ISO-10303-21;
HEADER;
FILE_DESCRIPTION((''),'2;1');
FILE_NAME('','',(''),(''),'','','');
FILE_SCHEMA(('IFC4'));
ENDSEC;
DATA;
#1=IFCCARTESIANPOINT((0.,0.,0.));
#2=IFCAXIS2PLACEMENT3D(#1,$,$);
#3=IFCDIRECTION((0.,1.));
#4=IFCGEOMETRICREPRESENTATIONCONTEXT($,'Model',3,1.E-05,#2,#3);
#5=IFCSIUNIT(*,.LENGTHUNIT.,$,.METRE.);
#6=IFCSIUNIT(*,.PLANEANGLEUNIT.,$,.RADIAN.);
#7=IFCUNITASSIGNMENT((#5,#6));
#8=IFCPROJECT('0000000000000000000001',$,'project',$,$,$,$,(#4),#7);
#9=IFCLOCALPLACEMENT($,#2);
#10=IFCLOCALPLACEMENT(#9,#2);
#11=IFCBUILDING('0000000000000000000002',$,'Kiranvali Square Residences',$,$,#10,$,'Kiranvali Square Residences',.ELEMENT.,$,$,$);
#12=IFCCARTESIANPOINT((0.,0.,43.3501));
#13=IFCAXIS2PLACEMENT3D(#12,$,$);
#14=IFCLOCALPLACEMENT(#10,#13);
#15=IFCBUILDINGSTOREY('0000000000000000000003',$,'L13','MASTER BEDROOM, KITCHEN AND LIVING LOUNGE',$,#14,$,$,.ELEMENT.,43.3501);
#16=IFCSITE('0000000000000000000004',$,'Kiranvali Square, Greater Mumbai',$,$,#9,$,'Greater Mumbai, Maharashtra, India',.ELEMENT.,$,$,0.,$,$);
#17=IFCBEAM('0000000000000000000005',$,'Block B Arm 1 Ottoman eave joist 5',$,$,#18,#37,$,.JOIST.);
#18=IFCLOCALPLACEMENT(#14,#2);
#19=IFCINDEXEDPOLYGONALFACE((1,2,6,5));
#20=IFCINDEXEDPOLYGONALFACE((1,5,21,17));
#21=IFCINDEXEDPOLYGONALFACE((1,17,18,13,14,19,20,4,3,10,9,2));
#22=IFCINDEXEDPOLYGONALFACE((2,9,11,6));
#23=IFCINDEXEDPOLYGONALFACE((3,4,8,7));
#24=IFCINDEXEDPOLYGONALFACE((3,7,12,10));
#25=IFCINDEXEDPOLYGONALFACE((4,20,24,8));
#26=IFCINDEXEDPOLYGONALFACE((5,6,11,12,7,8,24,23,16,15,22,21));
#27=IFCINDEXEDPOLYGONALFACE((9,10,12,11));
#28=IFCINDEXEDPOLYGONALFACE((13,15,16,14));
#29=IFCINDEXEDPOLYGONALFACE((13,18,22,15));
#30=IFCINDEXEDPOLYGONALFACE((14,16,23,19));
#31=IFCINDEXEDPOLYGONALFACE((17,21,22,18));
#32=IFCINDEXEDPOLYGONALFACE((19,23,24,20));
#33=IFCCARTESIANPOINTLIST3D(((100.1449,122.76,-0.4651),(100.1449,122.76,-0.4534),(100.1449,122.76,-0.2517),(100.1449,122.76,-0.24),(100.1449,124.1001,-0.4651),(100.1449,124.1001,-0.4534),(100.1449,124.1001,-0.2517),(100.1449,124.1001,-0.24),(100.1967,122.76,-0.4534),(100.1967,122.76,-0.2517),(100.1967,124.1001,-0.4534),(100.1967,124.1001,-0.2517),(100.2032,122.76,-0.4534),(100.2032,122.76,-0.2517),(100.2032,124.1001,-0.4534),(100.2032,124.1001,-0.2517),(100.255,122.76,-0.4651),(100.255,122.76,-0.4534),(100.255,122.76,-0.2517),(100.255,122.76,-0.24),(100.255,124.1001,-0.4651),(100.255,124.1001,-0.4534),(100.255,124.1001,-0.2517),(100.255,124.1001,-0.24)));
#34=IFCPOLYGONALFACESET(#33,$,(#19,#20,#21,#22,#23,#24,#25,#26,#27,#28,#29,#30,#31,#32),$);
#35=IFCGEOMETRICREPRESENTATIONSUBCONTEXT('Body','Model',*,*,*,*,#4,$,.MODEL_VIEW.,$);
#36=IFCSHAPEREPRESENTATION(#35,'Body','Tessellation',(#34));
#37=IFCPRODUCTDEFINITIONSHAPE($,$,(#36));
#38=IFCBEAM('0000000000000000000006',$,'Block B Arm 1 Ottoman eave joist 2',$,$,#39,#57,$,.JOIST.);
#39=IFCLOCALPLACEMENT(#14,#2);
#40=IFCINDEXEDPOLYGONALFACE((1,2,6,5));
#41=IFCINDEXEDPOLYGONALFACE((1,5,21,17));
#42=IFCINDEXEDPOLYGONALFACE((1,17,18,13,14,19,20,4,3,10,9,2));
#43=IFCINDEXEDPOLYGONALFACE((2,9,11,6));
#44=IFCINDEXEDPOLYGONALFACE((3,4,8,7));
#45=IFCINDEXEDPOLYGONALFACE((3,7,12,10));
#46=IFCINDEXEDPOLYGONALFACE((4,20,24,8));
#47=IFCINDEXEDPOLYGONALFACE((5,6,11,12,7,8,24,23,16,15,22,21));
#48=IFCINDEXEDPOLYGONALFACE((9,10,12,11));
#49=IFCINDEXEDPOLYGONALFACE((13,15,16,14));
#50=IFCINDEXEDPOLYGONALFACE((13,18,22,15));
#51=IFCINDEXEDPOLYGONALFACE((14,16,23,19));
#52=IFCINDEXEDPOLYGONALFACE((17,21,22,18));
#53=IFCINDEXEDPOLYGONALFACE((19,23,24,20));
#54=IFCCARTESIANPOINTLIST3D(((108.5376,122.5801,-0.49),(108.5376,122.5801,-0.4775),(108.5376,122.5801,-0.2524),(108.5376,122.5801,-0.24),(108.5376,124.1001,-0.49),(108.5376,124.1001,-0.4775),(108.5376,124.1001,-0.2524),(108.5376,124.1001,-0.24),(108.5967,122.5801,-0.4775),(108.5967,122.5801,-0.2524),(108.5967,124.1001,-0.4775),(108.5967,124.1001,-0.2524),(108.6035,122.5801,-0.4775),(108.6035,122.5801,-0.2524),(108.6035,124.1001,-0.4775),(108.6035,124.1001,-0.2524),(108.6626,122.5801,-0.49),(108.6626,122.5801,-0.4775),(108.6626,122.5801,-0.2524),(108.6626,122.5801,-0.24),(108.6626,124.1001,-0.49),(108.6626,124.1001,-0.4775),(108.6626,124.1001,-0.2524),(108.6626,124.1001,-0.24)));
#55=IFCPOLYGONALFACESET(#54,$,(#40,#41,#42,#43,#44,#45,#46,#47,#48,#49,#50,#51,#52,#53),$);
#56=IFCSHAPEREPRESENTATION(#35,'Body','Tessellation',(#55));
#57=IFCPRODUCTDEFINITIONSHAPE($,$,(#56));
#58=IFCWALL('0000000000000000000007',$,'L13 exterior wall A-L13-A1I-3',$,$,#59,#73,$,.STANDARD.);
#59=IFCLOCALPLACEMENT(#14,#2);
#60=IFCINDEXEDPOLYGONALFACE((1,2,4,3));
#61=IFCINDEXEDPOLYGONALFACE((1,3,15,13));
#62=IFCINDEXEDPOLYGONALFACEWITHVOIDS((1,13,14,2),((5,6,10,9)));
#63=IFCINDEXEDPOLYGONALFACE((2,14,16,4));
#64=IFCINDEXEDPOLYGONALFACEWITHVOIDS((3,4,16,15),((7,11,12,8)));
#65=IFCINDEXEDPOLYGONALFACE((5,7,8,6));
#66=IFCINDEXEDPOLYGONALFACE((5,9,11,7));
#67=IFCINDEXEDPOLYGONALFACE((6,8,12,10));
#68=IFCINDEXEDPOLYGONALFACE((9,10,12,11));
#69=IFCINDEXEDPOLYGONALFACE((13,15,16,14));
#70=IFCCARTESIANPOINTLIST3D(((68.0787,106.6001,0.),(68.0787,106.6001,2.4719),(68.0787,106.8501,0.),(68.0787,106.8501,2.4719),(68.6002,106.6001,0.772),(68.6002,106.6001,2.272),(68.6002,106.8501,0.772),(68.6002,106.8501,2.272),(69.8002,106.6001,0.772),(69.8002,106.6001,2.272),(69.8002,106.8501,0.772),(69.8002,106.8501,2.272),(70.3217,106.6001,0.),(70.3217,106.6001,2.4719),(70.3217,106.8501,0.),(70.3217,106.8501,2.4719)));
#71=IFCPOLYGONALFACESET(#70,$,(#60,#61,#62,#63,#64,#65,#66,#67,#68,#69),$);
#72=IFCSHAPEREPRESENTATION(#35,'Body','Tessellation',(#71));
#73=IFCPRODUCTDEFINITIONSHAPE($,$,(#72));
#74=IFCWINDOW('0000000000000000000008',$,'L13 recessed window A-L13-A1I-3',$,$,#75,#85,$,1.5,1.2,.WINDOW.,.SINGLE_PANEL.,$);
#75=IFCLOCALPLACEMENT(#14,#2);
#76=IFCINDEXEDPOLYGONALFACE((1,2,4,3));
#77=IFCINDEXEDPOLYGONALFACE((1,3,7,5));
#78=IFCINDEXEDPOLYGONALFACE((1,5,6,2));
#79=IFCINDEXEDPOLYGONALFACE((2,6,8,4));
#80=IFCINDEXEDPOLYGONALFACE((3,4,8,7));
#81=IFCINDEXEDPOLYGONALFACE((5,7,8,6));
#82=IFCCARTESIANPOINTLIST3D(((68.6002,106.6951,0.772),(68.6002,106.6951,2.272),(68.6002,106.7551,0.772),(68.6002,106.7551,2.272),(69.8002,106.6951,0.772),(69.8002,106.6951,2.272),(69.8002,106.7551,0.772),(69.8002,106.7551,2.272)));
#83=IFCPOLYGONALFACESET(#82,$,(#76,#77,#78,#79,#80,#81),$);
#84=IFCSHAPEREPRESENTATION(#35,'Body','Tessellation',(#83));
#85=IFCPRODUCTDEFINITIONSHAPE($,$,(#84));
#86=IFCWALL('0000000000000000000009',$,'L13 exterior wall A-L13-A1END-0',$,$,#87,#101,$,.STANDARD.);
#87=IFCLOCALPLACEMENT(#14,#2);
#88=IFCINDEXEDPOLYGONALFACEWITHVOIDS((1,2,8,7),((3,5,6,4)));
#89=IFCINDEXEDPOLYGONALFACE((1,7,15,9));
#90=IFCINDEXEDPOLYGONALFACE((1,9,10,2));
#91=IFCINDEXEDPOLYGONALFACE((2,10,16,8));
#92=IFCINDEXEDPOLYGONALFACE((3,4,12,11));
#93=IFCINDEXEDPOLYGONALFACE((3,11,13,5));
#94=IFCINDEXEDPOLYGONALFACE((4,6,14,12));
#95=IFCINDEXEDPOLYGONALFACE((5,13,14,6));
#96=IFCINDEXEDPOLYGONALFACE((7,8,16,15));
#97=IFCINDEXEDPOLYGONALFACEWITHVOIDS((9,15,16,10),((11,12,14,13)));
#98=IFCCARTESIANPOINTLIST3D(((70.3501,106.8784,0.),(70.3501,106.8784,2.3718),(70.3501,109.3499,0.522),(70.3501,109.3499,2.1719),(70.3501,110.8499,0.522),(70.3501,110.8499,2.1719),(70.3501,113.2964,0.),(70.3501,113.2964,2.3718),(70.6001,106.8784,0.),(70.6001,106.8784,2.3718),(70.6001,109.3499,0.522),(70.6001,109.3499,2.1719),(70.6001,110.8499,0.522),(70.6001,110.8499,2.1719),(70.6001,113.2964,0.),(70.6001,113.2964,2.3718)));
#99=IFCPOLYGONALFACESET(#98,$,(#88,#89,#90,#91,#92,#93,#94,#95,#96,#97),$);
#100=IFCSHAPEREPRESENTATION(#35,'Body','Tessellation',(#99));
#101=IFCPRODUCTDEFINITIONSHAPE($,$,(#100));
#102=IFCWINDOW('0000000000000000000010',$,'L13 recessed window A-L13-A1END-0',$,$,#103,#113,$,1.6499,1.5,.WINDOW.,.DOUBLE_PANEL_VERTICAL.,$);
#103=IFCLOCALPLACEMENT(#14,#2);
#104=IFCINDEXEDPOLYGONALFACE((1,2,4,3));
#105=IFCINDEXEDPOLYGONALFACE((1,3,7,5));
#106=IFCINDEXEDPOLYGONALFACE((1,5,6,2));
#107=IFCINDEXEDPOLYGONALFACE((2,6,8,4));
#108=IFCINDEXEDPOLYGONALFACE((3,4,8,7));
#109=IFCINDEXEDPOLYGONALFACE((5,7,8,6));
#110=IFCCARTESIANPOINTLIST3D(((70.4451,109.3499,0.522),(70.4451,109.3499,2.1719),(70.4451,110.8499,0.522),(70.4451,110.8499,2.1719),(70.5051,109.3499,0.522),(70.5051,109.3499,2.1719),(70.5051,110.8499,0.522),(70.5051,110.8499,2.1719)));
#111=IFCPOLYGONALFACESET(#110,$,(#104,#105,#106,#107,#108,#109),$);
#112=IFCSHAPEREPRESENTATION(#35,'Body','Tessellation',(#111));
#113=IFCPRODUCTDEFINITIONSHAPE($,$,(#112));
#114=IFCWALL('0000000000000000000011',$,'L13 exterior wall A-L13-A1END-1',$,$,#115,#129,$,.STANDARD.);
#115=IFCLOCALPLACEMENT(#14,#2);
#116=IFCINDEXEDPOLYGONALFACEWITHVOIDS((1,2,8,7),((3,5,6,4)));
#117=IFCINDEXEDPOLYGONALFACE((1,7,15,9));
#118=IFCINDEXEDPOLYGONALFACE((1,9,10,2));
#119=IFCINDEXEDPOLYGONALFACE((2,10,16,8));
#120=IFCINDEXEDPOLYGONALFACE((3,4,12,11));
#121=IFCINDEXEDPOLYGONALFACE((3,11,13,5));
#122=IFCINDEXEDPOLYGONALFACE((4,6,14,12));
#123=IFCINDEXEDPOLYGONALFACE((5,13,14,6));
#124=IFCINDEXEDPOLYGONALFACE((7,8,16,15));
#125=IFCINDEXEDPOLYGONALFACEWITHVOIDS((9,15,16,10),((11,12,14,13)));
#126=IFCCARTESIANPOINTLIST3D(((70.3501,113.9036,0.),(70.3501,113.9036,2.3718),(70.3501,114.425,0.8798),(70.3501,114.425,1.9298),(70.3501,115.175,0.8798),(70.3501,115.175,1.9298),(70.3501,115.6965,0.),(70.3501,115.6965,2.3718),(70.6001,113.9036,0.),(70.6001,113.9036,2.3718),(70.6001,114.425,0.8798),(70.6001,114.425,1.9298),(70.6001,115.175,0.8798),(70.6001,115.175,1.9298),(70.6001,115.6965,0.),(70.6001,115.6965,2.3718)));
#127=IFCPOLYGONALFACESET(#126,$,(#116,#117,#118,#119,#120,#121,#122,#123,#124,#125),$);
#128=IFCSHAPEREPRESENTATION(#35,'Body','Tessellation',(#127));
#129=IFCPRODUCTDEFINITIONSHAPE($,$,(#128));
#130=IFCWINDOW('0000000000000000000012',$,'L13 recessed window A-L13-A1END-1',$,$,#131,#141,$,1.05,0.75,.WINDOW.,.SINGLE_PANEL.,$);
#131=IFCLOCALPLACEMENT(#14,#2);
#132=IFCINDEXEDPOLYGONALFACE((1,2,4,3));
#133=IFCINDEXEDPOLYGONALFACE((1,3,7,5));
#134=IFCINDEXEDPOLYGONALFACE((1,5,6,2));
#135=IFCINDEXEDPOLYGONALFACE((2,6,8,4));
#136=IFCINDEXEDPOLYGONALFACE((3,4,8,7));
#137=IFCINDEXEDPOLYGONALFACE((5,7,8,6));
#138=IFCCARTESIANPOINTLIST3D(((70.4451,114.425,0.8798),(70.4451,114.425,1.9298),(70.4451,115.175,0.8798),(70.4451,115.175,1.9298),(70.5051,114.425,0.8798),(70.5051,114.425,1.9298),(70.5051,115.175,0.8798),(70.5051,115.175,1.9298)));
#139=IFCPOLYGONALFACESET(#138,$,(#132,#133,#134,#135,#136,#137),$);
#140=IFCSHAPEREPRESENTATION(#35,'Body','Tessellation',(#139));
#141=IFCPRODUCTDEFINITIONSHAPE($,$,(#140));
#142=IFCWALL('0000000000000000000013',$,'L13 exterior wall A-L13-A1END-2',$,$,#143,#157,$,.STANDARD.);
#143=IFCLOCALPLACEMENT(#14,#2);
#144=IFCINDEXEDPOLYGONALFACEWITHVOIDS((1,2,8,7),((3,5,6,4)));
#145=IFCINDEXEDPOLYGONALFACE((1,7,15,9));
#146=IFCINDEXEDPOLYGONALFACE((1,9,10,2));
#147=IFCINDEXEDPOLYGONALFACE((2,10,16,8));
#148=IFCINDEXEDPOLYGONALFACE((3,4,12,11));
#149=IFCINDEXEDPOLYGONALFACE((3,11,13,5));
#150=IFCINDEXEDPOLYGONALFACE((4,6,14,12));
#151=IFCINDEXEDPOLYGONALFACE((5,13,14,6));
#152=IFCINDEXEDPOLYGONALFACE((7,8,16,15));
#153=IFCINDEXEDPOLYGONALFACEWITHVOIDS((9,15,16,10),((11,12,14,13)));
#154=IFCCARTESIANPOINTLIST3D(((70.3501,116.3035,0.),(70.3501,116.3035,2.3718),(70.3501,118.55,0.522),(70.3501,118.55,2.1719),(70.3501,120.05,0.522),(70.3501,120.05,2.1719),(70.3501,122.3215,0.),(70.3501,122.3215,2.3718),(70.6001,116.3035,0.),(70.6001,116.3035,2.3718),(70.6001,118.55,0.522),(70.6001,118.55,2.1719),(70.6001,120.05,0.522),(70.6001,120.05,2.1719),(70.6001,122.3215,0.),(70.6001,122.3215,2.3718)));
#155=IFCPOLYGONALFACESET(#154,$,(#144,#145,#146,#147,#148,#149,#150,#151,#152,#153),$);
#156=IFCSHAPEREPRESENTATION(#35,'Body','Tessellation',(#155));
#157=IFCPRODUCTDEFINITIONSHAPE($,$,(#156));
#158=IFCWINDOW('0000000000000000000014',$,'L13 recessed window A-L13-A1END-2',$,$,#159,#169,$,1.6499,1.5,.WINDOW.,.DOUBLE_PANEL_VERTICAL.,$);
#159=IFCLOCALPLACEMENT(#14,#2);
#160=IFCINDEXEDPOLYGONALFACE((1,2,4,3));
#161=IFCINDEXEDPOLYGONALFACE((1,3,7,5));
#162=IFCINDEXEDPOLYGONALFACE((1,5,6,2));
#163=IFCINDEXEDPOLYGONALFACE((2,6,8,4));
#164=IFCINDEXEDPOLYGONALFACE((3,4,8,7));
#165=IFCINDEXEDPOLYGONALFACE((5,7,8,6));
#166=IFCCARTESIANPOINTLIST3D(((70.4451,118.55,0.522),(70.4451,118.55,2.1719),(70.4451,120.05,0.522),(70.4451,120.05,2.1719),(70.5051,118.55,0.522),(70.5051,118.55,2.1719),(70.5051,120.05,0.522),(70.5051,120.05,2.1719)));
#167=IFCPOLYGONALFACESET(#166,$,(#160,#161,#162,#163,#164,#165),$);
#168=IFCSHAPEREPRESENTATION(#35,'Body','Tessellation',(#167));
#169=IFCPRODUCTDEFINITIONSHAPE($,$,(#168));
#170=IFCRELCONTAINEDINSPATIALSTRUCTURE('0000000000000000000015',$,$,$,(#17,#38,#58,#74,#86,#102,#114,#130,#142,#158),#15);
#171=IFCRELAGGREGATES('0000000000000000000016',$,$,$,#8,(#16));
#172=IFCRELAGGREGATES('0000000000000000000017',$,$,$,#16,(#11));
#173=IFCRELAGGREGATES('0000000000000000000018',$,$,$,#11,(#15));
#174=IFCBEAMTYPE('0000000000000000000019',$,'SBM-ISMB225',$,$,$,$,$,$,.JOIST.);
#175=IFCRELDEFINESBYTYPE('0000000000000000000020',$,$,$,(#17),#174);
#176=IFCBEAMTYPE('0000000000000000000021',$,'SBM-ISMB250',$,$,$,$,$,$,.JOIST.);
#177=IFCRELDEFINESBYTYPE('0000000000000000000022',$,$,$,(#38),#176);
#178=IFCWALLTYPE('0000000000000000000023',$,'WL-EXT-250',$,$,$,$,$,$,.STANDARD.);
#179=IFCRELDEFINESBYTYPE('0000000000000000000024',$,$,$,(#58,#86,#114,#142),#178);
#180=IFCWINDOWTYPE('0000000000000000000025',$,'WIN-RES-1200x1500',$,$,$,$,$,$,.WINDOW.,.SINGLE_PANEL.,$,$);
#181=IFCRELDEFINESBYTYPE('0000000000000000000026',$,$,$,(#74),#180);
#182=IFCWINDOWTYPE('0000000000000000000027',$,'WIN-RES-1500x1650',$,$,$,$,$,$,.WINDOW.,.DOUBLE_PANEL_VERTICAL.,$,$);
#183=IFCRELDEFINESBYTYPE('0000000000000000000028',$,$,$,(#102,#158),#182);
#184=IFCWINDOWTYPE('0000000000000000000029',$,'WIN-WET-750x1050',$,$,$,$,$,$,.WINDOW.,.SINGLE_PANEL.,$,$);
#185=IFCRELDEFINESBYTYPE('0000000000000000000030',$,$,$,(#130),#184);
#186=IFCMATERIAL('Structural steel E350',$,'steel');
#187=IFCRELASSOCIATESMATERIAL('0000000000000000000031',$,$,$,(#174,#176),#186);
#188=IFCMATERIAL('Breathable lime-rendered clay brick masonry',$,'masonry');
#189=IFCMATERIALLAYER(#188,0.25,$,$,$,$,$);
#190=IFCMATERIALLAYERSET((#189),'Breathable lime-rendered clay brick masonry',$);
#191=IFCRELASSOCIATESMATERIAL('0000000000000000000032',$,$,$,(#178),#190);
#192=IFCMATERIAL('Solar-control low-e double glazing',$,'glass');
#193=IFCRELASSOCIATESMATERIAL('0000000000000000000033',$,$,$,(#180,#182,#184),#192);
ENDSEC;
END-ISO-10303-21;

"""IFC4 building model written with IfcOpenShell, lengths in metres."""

from ifc_helpers import new_model, si_unit, direction, frame, frame_2d, origin, origin_2d, place, context, subcontext, project, spatial, rectangle, i_section, extrude, material, layer, layer_set, material_profile, profile_set, type_object, element, fill, save


model = new_model("IFC4")

# Units and contexts
model_context = context("Model", 3, precision=1e-05, world=origin(), true_north=direction((0.0, 1.0)))
body_context = subcontext(model_context, "Body", "Model", "MODEL_VIEW")
ifc_project = project(units=[si_unit("LENGTHUNIT", "METRE"), si_unit("PLANEANGLEUNIT", "RADIAN")], contexts=[model_context])

# Site, building, storey
site_placement = place(None, origin())
site = spatial("IfcSite", under=ifc_project, at=site_placement, Name="Kiranvali Square, Greater Mumbai", LongName="Greater Mumbai, Maharashtra, India", CompositionType="ELEMENT", RefElevation=0.0)
building_placement = place(site_placement, origin())
building = spatial("IfcBuilding", under=site, at=building_placement, Name="Kiranvali Square Residences", LongName="Kiranvali Square Residences", CompositionType="ELEMENT")
storey_placement = place(building_placement, frame((0.0, 0.0, 43.3501)))
storey = spatial("IfcBuildingStorey", under=building, at=storey_placement, Name="L13", Description="MASTER BEDROOM, KITCHEN AND LIVING LOUNGE", CompositionType="ELEMENT", Elevation=43.3501)

# Beams
ifc_material_1 = material(Name="Structural steel E350", Category="steel")
ifc_material_profile_1 = material_profile(ifc_material_1, i_section(OverallWidth=0.1101, OverallDepth=0.2251, WebThickness=0.0066, FlangeThickness=0.0117, at=origin_2d()), Name="ISMB 225")
ifc_profile_set_1 = profile_set([ifc_material_profile_1], Name="Structural steel E350")
beam_type_1 = type_object("IfcBeamType", Name="SBM-ISMB225", PredefinedType="JOIST", material=ifc_profile_set_1)
beam_1_placement = place(storey_placement, frame((100.2, 122.76, -0.3525), z_axis=(0.0, 1.0, 0.0), x_axis=(-1.0, 0.0, 0.0)))
element("IfcBeam", 1, at=beam_1_placement, inside=storey, type_object=beam_type_1, Name="Block B Arm 1 Ottoman eave joist 5", PredefinedType="JOIST", context=body_context, shape_type="SweptSolid", body=[
    extrude(i_section(OverallWidth=0.1101, OverallDepth=0.2251, WebThickness=0.0066, FlangeThickness=0.0117, at=origin_2d()), origin(), (0.0, 0.0, 1.0), 1.3401),
])
ifc_material_profile_2 = material_profile(ifc_material_1, i_section(OverallWidth=0.125, OverallDepth=0.25, WebThickness=0.0068, FlangeThickness=0.0125, at=origin_2d()), Name="ISMB 250")
ifc_profile_set_2 = profile_set([ifc_material_profile_2], Name="Structural steel E350")
beam_type_2 = type_object("IfcBeamType", Name="SBM-ISMB250", PredefinedType="JOIST", material=ifc_profile_set_2)
beam_2_placement = place(storey_placement, frame((108.6001, 122.5801, -0.365), z_axis=(0.0, 1.0, 0.0), x_axis=(-1.0, 0.0, 0.0)))
element("IfcBeam", 2, at=beam_2_placement, inside=storey, type_object=beam_type_2, Name="Block B Arm 1 Ottoman eave joist 2", PredefinedType="JOIST", context=body_context, shape_type="SweptSolid", body=[
    extrude(i_section(OverallWidth=0.125, OverallDepth=0.25, WebThickness=0.0068, FlangeThickness=0.0125, at=origin_2d()), origin(), (0.0, 0.0, 1.0), 1.52),
])

# Walls, openings, windows
ifc_material_2 = material(Name="Breathable lime-rendered clay brick masonry", Category="masonry")
ifc_layer = layer(ifc_material_2, 0.25)
ifc_layer_set = layer_set([ifc_layer], Name="Breathable lime-rendered clay brick masonry")
wall_type = type_object("IfcWallType", Name="WL-EXT-250", PredefinedType="STANDARD", material=ifc_layer_set)
wall_1_placement = place(storey_placement, frame((68.0786, 106.7251, 0.0), z_axis=(0.0, 0.0, 1.0), x_axis=(1.0, 0.0, 0.0)))
wall_1 = element("IfcWall", 3, at=wall_1_placement, inside=storey, type_object=wall_type, Name="L13 exterior wall A-L13-A1I-3", PredefinedType="STANDARD", context=body_context, shape_type="SweptSolid", body=[
    extrude(rectangle(XDim=2.2429, YDim=0.25, at=frame_2d((1.1216, 0.0))), origin(), (0.0, 0.0, 1.0), 2.4719),
])
opening_1_placement = place(wall_1_placement, frame((0.5215, 0.0, 0.772)))
opening_1 = element("IfcOpeningElement", 4, at=opening_1_placement, cuts=wall_1, PredefinedType="OPENING", context=body_context, shape_type="SweptSolid", body=[
    extrude(rectangle(XDim=1.2, YDim=1.5, at=frame_2d((0.6001, 0.75))), frame((0.0, 0.135, 0.0), z_axis=(0.0, -1.0, 0.0), x_axis=(1.0, 0.0, 0.0)), (0.0, 0.0, 1.0), 0.27),
])
ifc_material_3 = material(Name="Solar-control low-e double glazing", Category="glass")
window_type_1 = type_object("IfcWindowType", Name="WIN-RES-1200x1500", PartitioningType="SINGLE_PANEL", PredefinedType="WINDOW", material=ifc_material_3)
window_1_placement = place(opening_1_placement, origin())
window_1 = element("IfcWindow", 5, at=window_1_placement, inside=storey, type_object=window_type_1, Name="L13 recessed window A-L13-A1I-3", OverallHeight=1.5, OverallWidth=1.2, PartitioningType="SINGLE_PANEL", PredefinedType="WINDOW", context=body_context, shape_type="SweptSolid", body=[
    extrude(rectangle(XDim=1.2, YDim=1.5, at=frame_2d((0.6001, 0.75))), frame((0.0, 0.03, 0.0), z_axis=(0.0, -1.0, 0.0), x_axis=(1.0, 0.0, 0.0)), (0.0, 0.0, 1.0), 0.0601),
])
fill(opening_1, window_1)
wall_2_placement = place(storey_placement, frame((70.4751, 106.8784, 0.0), z_axis=(0.0, 0.0, 1.0), x_axis=(0.0, 1.0, 0.0)))
wall_2 = element("IfcWall", 6, at=wall_2_placement, inside=storey, type_object=wall_type, Name="L13 exterior wall A-L13-A1END-0", PredefinedType="STANDARD", context=body_context, shape_type="SweptSolid", body=[
    extrude(rectangle(XDim=6.418, YDim=0.25, at=frame_2d((3.209, 0.0))), origin(), (0.0, 0.0, 1.0), 2.3718),
])
opening_2_placement = place(wall_2_placement, frame((2.4714, 0.0, 0.522)))
opening_2 = element("IfcOpeningElement", 7, at=opening_2_placement, cuts=wall_2, PredefinedType="OPENING", context=body_context, shape_type="SweptSolid", body=[
    extrude(rectangle(XDim=1.5, YDim=1.6499, at=frame_2d((0.75, 0.825))), frame((0.0, 0.135, 0.0), z_axis=(0.0, -1.0, 0.0), x_axis=(1.0, 0.0, 0.0)), (0.0, 0.0, 1.0), 0.27),
])
window_type_2 = type_object("IfcWindowType", Name="WIN-RES-1500x1650", PartitioningType="DOUBLE_PANEL_VERTICAL", PredefinedType="WINDOW", material=ifc_material_3)
window_2_placement = place(opening_2_placement, origin())
window_2 = element("IfcWindow", 8, at=window_2_placement, inside=storey, type_object=window_type_2, Name="L13 recessed window A-L13-A1END-0", OverallHeight=1.6499, OverallWidth=1.5, PartitioningType="DOUBLE_PANEL_VERTICAL", PredefinedType="WINDOW", context=body_context, shape_type="SweptSolid", body=[
    extrude(rectangle(XDim=1.5, YDim=1.6499, at=frame_2d((0.75, 0.825))), frame((0.0, 0.03, 0.0), z_axis=(0.0, -1.0, 0.0), x_axis=(1.0, 0.0, 0.0)), (0.0, 0.0, 1.0), 0.0601),
])
fill(opening_2, window_2)
wall_3_placement = place(storey_placement, frame((70.4751, 113.9036, 0.0), z_axis=(0.0, 0.0, 1.0), x_axis=(0.0, 1.0, 0.0)))
wall_3 = element("IfcWall", 9, at=wall_3_placement, inside=storey, type_object=wall_type, Name="L13 exterior wall A-L13-A1END-1", PredefinedType="STANDARD", context=body_context, shape_type="SweptSolid", body=[
    extrude(rectangle(XDim=1.793, YDim=0.25, at=frame_2d((0.8965, 0.0))), origin(), (0.0, 0.0, 1.0), 2.3718),
])
opening_3_placement = place(wall_3_placement, frame((0.5215, 0.0, 0.8799)))
opening_3 = element("IfcOpeningElement", 10, at=opening_3_placement, cuts=wall_3, PredefinedType="OPENING", context=body_context, shape_type="SweptSolid", body=[
    extrude(rectangle(XDim=0.75, YDim=1.05, at=frame_2d((0.375, 0.5249))), frame((0.0, 0.135, 0.0), z_axis=(0.0, -1.0, 0.0), x_axis=(1.0, 0.0, 0.0)), (0.0, 0.0, 1.0), 0.27),
])
window_type_3 = type_object("IfcWindowType", Name="WIN-WET-750x1050", PartitioningType="SINGLE_PANEL", PredefinedType="WINDOW", material=ifc_material_3)
window_3_placement = place(opening_3_placement, origin())
window_3 = element("IfcWindow", 11, at=window_3_placement, inside=storey, type_object=window_type_3, Name="L13 recessed window A-L13-A1END-1", OverallHeight=1.05, OverallWidth=0.75, PartitioningType="SINGLE_PANEL", PredefinedType="WINDOW", context=body_context, shape_type="SweptSolid", body=[
    extrude(rectangle(XDim=0.75, YDim=1.05, at=frame_2d((0.375, 0.5249))), frame((0.0, 0.03, 0.0), z_axis=(0.0, -1.0, 0.0), x_axis=(1.0, 0.0, 0.0)), (0.0, 0.0, 1.0), 0.0601),
])
fill(opening_3, window_3)
wall_4_placement = place(storey_placement, frame((70.4751, 116.3035, 0.0), z_axis=(0.0, 0.0, 1.0), x_axis=(0.0, 1.0, 0.0)))
wall_4 = element("IfcWall", 12, at=wall_4_placement, inside=storey, type_object=wall_type, Name="L13 exterior wall A-L13-A1END-2", PredefinedType="STANDARD", context=body_context, shape_type="SweptSolid", body=[
    extrude(rectangle(XDim=6.0181, YDim=0.25, at=frame_2d((3.009, 0.0))), origin(), (0.0, 0.0, 1.0), 2.3718),
])
opening_4_placement = place(wall_4_placement, frame((2.2466, 0.0, 0.522)))
opening_4 = element("IfcOpeningElement", 13, at=opening_4_placement, cuts=wall_4, PredefinedType="OPENING", context=body_context, shape_type="SweptSolid", body=[
    extrude(rectangle(XDim=1.5, YDim=1.6499, at=frame_2d((0.75, 0.825))), frame((0.0, 0.135, 0.0), z_axis=(0.0, -1.0, 0.0), x_axis=(1.0, 0.0, 0.0)), (0.0, 0.0, 1.0), 0.27),
])
window_4_placement = place(opening_4_placement, origin())
window_4 = element("IfcWindow", 14, at=window_4_placement, inside=storey, type_object=window_type_2, Name="L13 recessed window A-L13-A1END-2", OverallHeight=1.6499, OverallWidth=1.5, PartitioningType="DOUBLE_PANEL_VERTICAL", PredefinedType="WINDOW", context=body_context, shape_type="SweptSolid", body=[
    extrude(rectangle(XDim=1.5, YDim=1.6499, at=frame_2d((0.75, 0.825))), frame((0.0, 0.03, 0.0), z_axis=(0.0, -1.0, 0.0), x_axis=(1.0, 0.0, 0.0)), (0.0, 0.0, 1.0), 0.0601),
])
fill(opening_4, window_4)

save(model, "model.ifc")
